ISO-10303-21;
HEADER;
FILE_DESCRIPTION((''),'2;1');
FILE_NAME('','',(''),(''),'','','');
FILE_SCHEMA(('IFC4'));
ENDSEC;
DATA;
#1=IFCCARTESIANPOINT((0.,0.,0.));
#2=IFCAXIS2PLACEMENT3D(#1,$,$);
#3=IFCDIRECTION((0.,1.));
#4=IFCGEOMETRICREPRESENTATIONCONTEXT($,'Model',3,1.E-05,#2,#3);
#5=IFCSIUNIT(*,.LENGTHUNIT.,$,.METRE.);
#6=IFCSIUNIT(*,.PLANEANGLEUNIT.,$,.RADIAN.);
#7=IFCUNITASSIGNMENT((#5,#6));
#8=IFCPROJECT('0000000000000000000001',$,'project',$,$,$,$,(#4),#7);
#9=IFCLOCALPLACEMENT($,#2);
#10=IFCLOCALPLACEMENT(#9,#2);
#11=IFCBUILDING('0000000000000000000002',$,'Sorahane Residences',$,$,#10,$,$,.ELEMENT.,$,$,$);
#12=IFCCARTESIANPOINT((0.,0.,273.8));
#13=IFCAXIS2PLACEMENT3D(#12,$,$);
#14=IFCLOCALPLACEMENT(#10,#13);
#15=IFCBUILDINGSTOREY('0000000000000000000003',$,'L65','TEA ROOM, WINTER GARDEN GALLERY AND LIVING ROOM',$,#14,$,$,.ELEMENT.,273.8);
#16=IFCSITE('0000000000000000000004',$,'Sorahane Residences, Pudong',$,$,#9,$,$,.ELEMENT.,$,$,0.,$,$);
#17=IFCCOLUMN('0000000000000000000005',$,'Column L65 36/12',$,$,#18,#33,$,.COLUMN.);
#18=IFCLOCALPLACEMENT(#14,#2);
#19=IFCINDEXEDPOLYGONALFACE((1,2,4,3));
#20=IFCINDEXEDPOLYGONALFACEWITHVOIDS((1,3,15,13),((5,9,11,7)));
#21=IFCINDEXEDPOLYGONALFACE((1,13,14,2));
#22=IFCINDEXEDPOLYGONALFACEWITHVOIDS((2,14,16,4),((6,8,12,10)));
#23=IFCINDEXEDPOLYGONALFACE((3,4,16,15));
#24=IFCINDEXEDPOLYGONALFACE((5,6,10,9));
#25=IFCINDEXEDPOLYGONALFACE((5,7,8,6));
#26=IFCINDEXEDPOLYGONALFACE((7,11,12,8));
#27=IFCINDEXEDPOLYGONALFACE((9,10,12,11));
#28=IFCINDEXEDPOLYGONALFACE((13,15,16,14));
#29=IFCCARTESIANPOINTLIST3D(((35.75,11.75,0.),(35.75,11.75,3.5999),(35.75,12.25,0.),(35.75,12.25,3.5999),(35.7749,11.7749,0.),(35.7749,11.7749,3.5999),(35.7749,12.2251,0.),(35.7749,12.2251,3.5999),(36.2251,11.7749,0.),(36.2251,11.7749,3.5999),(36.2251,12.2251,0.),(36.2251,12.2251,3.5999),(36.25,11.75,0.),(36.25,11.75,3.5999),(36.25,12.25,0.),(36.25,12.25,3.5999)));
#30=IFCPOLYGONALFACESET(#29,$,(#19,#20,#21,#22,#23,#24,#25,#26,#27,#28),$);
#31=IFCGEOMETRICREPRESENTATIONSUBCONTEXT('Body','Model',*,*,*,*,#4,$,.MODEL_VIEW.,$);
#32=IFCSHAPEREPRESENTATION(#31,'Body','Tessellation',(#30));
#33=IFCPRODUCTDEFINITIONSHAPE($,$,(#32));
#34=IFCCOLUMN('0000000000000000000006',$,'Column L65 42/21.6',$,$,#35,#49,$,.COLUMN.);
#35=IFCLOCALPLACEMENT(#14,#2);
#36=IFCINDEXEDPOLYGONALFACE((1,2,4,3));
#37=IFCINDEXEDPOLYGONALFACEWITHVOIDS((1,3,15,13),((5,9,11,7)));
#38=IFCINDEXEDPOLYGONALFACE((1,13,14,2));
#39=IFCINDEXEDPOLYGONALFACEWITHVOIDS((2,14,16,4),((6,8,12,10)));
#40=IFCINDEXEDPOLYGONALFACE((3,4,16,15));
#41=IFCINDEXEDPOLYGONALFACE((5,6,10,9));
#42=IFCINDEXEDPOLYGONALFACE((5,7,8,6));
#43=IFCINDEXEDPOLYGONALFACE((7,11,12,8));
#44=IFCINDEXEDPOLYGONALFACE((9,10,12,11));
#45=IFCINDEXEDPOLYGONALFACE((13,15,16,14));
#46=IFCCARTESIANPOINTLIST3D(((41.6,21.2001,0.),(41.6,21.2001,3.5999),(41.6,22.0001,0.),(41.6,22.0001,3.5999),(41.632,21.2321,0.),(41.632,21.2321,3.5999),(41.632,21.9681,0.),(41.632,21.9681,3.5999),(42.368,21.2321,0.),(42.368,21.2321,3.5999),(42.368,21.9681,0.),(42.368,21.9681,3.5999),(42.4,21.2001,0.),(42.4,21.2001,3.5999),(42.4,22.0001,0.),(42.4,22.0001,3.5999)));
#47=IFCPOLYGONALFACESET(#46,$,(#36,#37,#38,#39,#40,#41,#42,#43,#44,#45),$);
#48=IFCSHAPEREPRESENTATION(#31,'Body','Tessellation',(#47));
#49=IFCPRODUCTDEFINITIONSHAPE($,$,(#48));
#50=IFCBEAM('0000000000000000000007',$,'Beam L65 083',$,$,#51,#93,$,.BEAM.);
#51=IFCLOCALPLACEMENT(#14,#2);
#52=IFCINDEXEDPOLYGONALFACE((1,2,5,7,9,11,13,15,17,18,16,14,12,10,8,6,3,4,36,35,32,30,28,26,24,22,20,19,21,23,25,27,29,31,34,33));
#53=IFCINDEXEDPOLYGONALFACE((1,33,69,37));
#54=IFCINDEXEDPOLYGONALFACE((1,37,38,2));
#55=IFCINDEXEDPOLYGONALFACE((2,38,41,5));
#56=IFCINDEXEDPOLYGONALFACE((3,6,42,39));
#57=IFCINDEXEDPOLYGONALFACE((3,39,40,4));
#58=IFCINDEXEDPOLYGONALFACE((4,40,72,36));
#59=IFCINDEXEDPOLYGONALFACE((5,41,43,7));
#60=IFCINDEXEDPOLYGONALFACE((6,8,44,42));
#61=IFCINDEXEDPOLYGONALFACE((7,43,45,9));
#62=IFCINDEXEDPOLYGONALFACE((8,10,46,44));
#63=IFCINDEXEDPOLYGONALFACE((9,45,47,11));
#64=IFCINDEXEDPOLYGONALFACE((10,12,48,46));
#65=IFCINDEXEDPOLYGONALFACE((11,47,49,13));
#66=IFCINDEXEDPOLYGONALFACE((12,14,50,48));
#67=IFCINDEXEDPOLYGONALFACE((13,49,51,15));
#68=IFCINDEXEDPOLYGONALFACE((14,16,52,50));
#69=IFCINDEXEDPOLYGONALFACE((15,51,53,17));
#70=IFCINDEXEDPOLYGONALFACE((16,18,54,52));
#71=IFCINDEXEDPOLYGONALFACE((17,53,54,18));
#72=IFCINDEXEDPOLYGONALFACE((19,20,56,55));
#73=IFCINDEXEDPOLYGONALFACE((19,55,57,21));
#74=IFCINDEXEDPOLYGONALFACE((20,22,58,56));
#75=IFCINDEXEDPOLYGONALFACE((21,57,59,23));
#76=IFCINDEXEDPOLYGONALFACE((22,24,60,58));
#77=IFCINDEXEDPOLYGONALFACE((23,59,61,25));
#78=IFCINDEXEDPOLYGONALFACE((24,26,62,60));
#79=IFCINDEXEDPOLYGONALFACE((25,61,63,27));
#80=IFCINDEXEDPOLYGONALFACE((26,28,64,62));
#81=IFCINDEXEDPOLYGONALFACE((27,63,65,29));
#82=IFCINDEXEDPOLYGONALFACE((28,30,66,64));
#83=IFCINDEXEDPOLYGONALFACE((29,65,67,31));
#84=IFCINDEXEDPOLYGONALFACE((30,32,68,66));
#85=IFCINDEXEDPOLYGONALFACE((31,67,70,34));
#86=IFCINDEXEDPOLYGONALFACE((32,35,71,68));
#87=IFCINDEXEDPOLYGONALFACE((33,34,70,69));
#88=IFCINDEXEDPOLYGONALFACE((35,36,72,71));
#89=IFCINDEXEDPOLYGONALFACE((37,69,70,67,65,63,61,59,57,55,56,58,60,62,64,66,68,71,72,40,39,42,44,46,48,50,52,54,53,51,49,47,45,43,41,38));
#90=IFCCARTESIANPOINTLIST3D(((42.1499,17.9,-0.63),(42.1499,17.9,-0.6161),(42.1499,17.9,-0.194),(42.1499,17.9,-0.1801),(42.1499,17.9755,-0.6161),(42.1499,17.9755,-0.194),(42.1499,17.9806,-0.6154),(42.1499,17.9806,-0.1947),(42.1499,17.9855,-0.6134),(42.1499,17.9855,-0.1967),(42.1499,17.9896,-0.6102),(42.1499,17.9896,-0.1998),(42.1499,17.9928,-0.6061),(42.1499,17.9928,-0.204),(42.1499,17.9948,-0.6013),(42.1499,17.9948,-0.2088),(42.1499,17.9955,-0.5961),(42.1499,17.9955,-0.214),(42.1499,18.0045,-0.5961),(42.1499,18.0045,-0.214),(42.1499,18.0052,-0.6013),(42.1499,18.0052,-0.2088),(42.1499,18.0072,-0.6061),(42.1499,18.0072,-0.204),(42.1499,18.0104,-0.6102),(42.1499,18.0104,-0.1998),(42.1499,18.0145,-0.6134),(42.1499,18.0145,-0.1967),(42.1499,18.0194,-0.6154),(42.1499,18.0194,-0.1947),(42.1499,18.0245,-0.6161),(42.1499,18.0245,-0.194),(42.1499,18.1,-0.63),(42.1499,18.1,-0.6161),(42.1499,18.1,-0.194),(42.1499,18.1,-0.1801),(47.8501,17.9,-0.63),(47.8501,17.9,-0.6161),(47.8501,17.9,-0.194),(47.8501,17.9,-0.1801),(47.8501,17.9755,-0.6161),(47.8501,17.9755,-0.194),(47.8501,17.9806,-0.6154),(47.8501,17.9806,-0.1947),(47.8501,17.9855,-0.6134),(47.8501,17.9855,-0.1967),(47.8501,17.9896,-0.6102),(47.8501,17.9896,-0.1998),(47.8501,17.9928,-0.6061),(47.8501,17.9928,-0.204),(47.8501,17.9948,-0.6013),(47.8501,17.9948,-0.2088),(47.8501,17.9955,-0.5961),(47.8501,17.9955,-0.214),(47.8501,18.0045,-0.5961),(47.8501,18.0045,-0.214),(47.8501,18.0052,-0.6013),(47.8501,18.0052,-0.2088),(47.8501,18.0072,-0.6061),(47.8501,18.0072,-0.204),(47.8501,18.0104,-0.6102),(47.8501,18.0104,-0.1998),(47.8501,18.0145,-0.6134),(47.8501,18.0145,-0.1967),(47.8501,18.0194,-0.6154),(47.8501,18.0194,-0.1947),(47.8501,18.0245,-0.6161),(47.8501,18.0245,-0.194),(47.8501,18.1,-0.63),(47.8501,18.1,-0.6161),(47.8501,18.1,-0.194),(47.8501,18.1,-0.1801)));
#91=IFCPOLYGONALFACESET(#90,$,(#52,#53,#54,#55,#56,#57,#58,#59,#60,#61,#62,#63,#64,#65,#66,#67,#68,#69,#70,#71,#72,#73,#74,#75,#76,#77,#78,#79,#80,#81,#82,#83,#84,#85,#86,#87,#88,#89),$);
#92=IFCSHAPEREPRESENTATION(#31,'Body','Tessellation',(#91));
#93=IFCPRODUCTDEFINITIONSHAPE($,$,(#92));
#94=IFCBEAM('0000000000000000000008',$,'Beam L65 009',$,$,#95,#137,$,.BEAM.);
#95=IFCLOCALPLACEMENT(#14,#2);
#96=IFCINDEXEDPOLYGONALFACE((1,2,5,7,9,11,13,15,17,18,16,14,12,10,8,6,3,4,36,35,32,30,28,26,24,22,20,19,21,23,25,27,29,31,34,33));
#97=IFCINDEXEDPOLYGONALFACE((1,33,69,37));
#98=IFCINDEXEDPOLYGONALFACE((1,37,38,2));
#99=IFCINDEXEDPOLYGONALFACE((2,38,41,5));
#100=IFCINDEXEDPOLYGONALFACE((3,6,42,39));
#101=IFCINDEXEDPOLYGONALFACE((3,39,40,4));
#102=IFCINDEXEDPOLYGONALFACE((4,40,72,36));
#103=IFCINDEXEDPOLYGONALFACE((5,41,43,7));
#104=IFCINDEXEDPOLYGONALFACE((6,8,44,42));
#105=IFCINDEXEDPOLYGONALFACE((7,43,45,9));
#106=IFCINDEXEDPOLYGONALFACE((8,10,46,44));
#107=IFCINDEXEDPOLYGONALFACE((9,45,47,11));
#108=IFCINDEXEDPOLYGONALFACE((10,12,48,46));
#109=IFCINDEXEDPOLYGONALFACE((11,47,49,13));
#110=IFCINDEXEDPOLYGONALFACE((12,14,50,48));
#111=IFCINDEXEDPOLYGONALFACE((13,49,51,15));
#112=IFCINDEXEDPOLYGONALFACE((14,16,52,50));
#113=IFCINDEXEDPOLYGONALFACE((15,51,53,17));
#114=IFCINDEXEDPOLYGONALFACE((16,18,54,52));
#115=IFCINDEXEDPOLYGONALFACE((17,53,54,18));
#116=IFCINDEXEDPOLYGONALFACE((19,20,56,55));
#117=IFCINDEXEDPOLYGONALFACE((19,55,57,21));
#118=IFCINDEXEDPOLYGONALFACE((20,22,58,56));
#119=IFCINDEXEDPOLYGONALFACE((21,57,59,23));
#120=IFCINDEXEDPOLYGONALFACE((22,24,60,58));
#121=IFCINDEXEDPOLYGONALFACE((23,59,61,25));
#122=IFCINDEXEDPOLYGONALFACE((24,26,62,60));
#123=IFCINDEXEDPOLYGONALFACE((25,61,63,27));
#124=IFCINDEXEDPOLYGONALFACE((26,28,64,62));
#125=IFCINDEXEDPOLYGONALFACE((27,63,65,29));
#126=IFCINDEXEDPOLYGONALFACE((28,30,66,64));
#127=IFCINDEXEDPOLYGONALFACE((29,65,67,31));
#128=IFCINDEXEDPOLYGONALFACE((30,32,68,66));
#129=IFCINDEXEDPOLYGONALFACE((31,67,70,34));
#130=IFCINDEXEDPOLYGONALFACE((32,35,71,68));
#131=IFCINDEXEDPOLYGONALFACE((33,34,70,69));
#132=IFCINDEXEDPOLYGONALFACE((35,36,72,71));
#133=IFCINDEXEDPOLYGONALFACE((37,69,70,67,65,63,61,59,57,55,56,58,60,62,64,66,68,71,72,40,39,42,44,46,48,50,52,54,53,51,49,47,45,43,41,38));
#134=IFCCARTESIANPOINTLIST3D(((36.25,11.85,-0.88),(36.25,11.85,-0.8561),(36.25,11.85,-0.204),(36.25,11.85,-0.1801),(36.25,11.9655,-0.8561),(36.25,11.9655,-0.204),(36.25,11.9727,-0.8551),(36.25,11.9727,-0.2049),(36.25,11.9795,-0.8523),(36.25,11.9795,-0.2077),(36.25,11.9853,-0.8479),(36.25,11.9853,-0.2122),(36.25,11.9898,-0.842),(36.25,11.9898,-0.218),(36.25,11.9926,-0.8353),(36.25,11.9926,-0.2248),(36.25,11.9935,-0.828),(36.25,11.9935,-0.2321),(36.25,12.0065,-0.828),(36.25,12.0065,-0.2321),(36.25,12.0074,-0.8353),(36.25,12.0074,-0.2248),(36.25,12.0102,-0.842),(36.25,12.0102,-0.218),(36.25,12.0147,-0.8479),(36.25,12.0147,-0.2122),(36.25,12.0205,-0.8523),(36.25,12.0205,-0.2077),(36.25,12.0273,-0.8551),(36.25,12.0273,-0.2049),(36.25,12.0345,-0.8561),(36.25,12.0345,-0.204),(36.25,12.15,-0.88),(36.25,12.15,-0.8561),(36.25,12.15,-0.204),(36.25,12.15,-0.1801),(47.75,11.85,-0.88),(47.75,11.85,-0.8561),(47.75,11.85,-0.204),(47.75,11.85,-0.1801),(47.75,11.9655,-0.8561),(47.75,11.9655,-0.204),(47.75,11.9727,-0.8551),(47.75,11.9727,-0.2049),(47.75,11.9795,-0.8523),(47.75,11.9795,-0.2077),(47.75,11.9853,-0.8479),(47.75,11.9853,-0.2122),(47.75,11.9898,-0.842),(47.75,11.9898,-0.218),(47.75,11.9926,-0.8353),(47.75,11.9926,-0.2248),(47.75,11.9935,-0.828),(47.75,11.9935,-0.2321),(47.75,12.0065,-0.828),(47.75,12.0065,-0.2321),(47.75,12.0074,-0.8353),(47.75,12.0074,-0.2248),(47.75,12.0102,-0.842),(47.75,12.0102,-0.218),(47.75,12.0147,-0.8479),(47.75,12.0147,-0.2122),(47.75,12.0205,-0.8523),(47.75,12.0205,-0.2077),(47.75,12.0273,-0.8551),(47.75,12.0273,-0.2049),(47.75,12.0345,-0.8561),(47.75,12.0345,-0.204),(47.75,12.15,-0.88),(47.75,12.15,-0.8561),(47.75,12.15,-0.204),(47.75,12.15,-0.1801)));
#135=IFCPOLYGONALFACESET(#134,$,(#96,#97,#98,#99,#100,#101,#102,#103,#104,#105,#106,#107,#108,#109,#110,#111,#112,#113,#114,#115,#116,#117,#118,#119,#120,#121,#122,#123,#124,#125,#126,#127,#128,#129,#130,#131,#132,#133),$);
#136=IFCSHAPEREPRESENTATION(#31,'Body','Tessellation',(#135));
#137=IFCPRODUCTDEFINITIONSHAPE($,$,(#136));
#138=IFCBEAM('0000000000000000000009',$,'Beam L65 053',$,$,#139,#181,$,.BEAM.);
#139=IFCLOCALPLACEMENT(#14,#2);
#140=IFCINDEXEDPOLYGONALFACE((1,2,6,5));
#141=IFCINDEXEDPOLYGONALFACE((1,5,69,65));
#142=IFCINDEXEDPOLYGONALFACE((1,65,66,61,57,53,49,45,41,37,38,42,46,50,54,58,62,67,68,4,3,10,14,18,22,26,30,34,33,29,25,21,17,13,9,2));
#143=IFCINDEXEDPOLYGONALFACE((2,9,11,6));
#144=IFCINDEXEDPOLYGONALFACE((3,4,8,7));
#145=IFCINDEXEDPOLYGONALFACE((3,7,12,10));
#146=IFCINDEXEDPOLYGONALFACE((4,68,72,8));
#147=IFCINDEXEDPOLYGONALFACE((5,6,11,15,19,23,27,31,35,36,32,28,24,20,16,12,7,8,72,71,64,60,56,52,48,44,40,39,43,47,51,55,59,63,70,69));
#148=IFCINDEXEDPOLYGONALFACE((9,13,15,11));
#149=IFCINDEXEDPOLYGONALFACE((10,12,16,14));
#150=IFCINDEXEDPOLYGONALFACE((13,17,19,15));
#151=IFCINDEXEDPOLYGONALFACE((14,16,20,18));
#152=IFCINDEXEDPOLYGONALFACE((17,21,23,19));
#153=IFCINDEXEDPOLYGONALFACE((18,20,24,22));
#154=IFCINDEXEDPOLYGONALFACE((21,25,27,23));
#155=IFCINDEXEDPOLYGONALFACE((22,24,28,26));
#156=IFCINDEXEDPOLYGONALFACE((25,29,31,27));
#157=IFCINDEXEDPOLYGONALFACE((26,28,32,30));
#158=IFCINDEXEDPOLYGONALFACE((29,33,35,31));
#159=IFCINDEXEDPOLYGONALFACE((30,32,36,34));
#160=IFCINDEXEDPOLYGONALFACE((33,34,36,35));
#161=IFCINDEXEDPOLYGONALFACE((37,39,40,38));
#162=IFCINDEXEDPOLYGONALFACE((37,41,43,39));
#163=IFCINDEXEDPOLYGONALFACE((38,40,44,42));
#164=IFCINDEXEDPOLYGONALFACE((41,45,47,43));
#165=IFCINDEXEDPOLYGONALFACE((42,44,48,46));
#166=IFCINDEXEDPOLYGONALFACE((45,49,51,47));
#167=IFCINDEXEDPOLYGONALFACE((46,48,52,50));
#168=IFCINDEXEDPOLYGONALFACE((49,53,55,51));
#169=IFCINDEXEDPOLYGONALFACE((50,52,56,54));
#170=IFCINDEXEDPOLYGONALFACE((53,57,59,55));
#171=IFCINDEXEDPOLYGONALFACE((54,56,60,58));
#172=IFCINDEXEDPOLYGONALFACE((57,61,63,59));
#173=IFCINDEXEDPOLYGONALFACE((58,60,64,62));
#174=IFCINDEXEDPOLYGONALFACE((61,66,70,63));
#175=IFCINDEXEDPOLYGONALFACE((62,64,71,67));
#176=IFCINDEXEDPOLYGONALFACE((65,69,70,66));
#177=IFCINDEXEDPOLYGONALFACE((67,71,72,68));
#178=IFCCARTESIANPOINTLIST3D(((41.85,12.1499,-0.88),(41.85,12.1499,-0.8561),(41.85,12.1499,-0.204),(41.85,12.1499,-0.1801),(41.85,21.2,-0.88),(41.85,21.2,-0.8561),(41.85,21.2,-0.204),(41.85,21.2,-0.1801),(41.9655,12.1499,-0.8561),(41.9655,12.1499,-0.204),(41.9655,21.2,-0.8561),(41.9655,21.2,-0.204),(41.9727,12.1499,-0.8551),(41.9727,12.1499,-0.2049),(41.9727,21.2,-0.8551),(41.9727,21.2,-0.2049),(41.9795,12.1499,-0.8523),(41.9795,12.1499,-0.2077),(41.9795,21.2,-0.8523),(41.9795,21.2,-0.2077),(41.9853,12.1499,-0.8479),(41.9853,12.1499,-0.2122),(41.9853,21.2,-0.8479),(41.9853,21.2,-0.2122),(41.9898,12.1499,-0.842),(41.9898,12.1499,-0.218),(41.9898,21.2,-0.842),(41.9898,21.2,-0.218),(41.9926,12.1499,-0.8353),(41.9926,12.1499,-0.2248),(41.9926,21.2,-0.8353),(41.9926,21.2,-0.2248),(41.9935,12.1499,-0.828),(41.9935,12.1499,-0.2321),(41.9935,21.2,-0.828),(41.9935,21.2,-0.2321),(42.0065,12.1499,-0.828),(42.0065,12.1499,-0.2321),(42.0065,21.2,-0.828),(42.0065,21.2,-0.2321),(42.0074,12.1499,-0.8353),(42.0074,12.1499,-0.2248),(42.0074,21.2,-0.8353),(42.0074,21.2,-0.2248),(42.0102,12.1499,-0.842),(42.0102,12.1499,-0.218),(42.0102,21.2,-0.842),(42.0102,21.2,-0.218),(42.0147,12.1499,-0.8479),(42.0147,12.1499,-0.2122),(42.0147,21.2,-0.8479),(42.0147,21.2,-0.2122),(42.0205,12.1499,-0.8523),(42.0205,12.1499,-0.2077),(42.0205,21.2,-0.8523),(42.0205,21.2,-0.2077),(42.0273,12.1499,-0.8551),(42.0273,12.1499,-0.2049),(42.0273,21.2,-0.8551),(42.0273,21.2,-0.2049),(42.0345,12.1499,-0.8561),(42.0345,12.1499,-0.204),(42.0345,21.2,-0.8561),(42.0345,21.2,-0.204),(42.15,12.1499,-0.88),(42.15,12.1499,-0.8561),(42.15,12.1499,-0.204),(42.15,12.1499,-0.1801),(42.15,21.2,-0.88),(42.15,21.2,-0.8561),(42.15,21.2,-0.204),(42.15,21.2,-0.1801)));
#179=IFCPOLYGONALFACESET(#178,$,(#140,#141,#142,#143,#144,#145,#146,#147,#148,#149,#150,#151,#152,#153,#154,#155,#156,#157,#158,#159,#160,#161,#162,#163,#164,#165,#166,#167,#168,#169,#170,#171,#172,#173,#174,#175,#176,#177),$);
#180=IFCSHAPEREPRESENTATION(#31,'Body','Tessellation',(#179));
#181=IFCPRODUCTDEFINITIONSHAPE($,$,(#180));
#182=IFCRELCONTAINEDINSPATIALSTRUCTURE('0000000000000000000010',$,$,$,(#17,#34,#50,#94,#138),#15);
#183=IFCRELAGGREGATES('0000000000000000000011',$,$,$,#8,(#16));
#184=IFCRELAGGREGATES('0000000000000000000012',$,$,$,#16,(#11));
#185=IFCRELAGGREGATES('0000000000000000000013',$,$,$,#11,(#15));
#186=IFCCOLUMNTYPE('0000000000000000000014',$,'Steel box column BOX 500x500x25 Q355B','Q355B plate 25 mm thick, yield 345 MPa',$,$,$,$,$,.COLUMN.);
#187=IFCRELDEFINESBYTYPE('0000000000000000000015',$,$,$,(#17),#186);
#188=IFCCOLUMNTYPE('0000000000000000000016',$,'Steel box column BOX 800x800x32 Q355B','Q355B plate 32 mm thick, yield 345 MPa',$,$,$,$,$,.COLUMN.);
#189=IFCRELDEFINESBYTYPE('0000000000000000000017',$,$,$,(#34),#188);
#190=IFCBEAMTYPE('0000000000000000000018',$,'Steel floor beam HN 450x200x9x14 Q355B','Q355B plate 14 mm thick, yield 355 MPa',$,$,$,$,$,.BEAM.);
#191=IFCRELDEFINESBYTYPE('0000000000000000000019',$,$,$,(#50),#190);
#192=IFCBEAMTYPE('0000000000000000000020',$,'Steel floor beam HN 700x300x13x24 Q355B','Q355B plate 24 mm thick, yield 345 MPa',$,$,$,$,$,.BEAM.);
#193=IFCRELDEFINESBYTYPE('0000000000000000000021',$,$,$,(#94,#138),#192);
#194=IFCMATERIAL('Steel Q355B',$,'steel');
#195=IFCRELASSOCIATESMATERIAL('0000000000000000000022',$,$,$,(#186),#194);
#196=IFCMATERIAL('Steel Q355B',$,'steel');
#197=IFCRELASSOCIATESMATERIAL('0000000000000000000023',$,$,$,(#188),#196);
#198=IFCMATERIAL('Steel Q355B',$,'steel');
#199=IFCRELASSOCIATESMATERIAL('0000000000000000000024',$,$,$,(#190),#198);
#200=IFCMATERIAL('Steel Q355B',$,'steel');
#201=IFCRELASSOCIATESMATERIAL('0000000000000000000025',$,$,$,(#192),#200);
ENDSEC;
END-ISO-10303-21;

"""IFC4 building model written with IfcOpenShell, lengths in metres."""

from ifc_helpers import new_model, si_unit, direction, frame, origin, origin_2d, place, context, subcontext, project, spatial, hollow_rectangle, i_section, extrude, material, material_profile, profile_set, type_object, element, save


model = new_model("IFC4")

# Units and contexts
model_context = context("Model", 3, precision=1e-05, world=origin(), true_north=direction((0.0, 1.0)))
body_context = subcontext(model_context, "Body", "Model", "MODEL_VIEW")
ifc_project = project(units=[si_unit("LENGTHUNIT", "METRE"), si_unit("PLANEANGLEUNIT", "RADIAN")], contexts=[model_context])

# Site, building, storey
site_placement = place(None, origin())
site = spatial("IfcSite", under=ifc_project, at=site_placement, Name="Sorahane Residences, Pudong", CompositionType="ELEMENT", RefElevation=0.0)
building_placement = place(site_placement, origin())
building = spatial("IfcBuilding", under=site, at=building_placement, Name="Sorahane Residences", CompositionType="ELEMENT")
storey_placement = place(building_placement, frame((0.0, 0.0, 273.8)))
storey = spatial("IfcBuildingStorey", under=building, at=storey_placement, Name="L65", Description="TEA ROOM, WINTER GARDEN GALLERY AND LIVING ROOM", CompositionType="ELEMENT", Elevation=273.8)

# Columns
ifc_material_1 = material(Name="Steel Q355B", Category="steel")
ifc_material_profile_1 = material_profile(ifc_material_1, hollow_rectangle(XDim=0.5, YDim=0.5, WallThickness=0.0249, at=origin_2d()), Name="BOX 500x500x25")
ifc_profile_set_1 = profile_set([ifc_material_profile_1], Name="Steel Q355B")
column_type_1 = type_object("IfcColumnType", Name="Steel box column BOX 500x500x25 Q355B", Description="Q355B plate 25 mm thick, yield 345 MPa", PredefinedType="COLUMN", material=ifc_profile_set_1)
column_1_placement = place(storey_placement, frame((36.0, 12.0, 0.0), z_axis=(0.0, 0.0, 1.0), x_axis=(1.0, 0.0, 0.0)))
element("IfcColumn", 1, at=column_1_placement, inside=storey, type_object=column_type_1, Name="Column L65 36/12", PredefinedType="COLUMN", context=body_context, shape_type="SweptSolid", body=[
    extrude(hollow_rectangle(XDim=0.5, YDim=0.5, WallThickness=0.0249, at=origin_2d()), origin(), (0.0, 0.0, 1.0), 3.5999),
])
ifc_material_2 = material(Name="Steel Q355B", Category="steel")
ifc_material_profile_2 = material_profile(ifc_material_2, hollow_rectangle(XDim=0.8, YDim=0.8, WallThickness=0.032, at=origin_2d()), Name="BOX 800x800x32")
ifc_profile_set_2 = profile_set([ifc_material_profile_2], Name="Steel Q355B")
column_type_2 = type_object("IfcColumnType", Name="Steel box column BOX 800x800x32 Q355B", Description="Q355B plate 32 mm thick, yield 345 MPa", PredefinedType="COLUMN", material=ifc_profile_set_2)
column_2_placement = place(storey_placement, frame((42.0, 21.6001, 0.0), z_axis=(0.0, 0.0, 1.0), x_axis=(1.0, 0.0, 0.0)))
element("IfcColumn", 2, at=column_2_placement, inside=storey, type_object=column_type_2, Name="Column L65 42/21.6", PredefinedType="COLUMN", context=body_context, shape_type="SweptSolid", body=[
    extrude(hollow_rectangle(XDim=0.8, YDim=0.8, WallThickness=0.032, at=origin_2d()), origin(), (0.0, 0.0, 1.0), 3.5999),
])

# Beams
ifc_material_3 = material(Name="Steel Q355B", Category="steel")
ifc_material_profile_3 = material_profile(ifc_material_3, i_section(OverallWidth=0.2, OverallDepth=0.45, WebThickness=0.009, FlangeThickness=0.0139, FilletRadius=0.02, at=origin_2d()), Name="HN 450x200x9x14")
ifc_profile_set_3 = profile_set([ifc_material_profile_3], Name="Steel Q355B")
beam_type_1 = type_object("IfcBeamType", Name="Steel floor beam HN 450x200x9x14 Q355B", Description="Q355B plate 14 mm thick, yield 355 MPa", PredefinedType="BEAM", material=ifc_profile_set_3)
beam_1_placement = place(storey_placement, frame((42.1499, 18.0, -0.405), z_axis=(1.0, 0.0, 0.0), x_axis=(0.0, 1.0, 0.0)))
element("IfcBeam", 3, at=beam_1_placement, inside=storey, type_object=beam_type_1, Name="Beam L65 083", PredefinedType="BEAM", context=body_context, shape_type="SweptSolid", body=[
    extrude(i_section(OverallWidth=0.2, OverallDepth=0.45, WebThickness=0.009, FlangeThickness=0.0139, FilletRadius=0.02, at=origin_2d()), origin(), (0.0, 0.0, 1.0), 5.7002),
])
ifc_material_4 = material(Name="Steel Q355B", Category="steel")
ifc_material_profile_4 = material_profile(ifc_material_4, i_section(OverallWidth=0.3, OverallDepth=0.7, WebThickness=0.0129, FlangeThickness=0.0239, FilletRadius=0.0281, at=origin_2d()), Name="HN 700x300x13x24")
ifc_profile_set_4 = profile_set([ifc_material_profile_4], Name="Steel Q355B")
beam_type_2 = type_object("IfcBeamType", Name="Steel floor beam HN 700x300x13x24 Q355B", Description="Q355B plate 24 mm thick, yield 345 MPa", PredefinedType="BEAM", material=ifc_profile_set_4)
beam_2_placement = place(storey_placement, frame((36.25, 12.0, -0.53), z_axis=(1.0, 0.0, 0.0), x_axis=(0.0, 1.0, 0.0)))
element("IfcBeam", 4, at=beam_2_placement, inside=storey, type_object=beam_type_2, Name="Beam L65 009", PredefinedType="BEAM", context=body_context, shape_type="SweptSolid", body=[
    extrude(i_section(OverallWidth=0.3, OverallDepth=0.7, WebThickness=0.0129, FlangeThickness=0.0239, FilletRadius=0.0281, at=origin_2d()), origin(), (0.0, 0.0, 1.0), 11.5),
])
beam_3_placement = place(storey_placement, frame((42.0, 12.1499, -0.53), z_axis=(0.0, 1.0, 0.0), x_axis=(-1.0, 0.0, 0.0)))
element("IfcBeam", 5, at=beam_3_placement, inside=storey, type_object=beam_type_2, Name="Beam L65 053", PredefinedType="BEAM", context=body_context, shape_type="SweptSolid", body=[
    extrude(i_section(OverallWidth=0.3, OverallDepth=0.7, WebThickness=0.0129, FlangeThickness=0.0239, FilletRadius=0.0281, at=origin_2d()), origin(), (0.0, 0.0, 1.0), 9.05),
])

save(model, "model.ifc")
